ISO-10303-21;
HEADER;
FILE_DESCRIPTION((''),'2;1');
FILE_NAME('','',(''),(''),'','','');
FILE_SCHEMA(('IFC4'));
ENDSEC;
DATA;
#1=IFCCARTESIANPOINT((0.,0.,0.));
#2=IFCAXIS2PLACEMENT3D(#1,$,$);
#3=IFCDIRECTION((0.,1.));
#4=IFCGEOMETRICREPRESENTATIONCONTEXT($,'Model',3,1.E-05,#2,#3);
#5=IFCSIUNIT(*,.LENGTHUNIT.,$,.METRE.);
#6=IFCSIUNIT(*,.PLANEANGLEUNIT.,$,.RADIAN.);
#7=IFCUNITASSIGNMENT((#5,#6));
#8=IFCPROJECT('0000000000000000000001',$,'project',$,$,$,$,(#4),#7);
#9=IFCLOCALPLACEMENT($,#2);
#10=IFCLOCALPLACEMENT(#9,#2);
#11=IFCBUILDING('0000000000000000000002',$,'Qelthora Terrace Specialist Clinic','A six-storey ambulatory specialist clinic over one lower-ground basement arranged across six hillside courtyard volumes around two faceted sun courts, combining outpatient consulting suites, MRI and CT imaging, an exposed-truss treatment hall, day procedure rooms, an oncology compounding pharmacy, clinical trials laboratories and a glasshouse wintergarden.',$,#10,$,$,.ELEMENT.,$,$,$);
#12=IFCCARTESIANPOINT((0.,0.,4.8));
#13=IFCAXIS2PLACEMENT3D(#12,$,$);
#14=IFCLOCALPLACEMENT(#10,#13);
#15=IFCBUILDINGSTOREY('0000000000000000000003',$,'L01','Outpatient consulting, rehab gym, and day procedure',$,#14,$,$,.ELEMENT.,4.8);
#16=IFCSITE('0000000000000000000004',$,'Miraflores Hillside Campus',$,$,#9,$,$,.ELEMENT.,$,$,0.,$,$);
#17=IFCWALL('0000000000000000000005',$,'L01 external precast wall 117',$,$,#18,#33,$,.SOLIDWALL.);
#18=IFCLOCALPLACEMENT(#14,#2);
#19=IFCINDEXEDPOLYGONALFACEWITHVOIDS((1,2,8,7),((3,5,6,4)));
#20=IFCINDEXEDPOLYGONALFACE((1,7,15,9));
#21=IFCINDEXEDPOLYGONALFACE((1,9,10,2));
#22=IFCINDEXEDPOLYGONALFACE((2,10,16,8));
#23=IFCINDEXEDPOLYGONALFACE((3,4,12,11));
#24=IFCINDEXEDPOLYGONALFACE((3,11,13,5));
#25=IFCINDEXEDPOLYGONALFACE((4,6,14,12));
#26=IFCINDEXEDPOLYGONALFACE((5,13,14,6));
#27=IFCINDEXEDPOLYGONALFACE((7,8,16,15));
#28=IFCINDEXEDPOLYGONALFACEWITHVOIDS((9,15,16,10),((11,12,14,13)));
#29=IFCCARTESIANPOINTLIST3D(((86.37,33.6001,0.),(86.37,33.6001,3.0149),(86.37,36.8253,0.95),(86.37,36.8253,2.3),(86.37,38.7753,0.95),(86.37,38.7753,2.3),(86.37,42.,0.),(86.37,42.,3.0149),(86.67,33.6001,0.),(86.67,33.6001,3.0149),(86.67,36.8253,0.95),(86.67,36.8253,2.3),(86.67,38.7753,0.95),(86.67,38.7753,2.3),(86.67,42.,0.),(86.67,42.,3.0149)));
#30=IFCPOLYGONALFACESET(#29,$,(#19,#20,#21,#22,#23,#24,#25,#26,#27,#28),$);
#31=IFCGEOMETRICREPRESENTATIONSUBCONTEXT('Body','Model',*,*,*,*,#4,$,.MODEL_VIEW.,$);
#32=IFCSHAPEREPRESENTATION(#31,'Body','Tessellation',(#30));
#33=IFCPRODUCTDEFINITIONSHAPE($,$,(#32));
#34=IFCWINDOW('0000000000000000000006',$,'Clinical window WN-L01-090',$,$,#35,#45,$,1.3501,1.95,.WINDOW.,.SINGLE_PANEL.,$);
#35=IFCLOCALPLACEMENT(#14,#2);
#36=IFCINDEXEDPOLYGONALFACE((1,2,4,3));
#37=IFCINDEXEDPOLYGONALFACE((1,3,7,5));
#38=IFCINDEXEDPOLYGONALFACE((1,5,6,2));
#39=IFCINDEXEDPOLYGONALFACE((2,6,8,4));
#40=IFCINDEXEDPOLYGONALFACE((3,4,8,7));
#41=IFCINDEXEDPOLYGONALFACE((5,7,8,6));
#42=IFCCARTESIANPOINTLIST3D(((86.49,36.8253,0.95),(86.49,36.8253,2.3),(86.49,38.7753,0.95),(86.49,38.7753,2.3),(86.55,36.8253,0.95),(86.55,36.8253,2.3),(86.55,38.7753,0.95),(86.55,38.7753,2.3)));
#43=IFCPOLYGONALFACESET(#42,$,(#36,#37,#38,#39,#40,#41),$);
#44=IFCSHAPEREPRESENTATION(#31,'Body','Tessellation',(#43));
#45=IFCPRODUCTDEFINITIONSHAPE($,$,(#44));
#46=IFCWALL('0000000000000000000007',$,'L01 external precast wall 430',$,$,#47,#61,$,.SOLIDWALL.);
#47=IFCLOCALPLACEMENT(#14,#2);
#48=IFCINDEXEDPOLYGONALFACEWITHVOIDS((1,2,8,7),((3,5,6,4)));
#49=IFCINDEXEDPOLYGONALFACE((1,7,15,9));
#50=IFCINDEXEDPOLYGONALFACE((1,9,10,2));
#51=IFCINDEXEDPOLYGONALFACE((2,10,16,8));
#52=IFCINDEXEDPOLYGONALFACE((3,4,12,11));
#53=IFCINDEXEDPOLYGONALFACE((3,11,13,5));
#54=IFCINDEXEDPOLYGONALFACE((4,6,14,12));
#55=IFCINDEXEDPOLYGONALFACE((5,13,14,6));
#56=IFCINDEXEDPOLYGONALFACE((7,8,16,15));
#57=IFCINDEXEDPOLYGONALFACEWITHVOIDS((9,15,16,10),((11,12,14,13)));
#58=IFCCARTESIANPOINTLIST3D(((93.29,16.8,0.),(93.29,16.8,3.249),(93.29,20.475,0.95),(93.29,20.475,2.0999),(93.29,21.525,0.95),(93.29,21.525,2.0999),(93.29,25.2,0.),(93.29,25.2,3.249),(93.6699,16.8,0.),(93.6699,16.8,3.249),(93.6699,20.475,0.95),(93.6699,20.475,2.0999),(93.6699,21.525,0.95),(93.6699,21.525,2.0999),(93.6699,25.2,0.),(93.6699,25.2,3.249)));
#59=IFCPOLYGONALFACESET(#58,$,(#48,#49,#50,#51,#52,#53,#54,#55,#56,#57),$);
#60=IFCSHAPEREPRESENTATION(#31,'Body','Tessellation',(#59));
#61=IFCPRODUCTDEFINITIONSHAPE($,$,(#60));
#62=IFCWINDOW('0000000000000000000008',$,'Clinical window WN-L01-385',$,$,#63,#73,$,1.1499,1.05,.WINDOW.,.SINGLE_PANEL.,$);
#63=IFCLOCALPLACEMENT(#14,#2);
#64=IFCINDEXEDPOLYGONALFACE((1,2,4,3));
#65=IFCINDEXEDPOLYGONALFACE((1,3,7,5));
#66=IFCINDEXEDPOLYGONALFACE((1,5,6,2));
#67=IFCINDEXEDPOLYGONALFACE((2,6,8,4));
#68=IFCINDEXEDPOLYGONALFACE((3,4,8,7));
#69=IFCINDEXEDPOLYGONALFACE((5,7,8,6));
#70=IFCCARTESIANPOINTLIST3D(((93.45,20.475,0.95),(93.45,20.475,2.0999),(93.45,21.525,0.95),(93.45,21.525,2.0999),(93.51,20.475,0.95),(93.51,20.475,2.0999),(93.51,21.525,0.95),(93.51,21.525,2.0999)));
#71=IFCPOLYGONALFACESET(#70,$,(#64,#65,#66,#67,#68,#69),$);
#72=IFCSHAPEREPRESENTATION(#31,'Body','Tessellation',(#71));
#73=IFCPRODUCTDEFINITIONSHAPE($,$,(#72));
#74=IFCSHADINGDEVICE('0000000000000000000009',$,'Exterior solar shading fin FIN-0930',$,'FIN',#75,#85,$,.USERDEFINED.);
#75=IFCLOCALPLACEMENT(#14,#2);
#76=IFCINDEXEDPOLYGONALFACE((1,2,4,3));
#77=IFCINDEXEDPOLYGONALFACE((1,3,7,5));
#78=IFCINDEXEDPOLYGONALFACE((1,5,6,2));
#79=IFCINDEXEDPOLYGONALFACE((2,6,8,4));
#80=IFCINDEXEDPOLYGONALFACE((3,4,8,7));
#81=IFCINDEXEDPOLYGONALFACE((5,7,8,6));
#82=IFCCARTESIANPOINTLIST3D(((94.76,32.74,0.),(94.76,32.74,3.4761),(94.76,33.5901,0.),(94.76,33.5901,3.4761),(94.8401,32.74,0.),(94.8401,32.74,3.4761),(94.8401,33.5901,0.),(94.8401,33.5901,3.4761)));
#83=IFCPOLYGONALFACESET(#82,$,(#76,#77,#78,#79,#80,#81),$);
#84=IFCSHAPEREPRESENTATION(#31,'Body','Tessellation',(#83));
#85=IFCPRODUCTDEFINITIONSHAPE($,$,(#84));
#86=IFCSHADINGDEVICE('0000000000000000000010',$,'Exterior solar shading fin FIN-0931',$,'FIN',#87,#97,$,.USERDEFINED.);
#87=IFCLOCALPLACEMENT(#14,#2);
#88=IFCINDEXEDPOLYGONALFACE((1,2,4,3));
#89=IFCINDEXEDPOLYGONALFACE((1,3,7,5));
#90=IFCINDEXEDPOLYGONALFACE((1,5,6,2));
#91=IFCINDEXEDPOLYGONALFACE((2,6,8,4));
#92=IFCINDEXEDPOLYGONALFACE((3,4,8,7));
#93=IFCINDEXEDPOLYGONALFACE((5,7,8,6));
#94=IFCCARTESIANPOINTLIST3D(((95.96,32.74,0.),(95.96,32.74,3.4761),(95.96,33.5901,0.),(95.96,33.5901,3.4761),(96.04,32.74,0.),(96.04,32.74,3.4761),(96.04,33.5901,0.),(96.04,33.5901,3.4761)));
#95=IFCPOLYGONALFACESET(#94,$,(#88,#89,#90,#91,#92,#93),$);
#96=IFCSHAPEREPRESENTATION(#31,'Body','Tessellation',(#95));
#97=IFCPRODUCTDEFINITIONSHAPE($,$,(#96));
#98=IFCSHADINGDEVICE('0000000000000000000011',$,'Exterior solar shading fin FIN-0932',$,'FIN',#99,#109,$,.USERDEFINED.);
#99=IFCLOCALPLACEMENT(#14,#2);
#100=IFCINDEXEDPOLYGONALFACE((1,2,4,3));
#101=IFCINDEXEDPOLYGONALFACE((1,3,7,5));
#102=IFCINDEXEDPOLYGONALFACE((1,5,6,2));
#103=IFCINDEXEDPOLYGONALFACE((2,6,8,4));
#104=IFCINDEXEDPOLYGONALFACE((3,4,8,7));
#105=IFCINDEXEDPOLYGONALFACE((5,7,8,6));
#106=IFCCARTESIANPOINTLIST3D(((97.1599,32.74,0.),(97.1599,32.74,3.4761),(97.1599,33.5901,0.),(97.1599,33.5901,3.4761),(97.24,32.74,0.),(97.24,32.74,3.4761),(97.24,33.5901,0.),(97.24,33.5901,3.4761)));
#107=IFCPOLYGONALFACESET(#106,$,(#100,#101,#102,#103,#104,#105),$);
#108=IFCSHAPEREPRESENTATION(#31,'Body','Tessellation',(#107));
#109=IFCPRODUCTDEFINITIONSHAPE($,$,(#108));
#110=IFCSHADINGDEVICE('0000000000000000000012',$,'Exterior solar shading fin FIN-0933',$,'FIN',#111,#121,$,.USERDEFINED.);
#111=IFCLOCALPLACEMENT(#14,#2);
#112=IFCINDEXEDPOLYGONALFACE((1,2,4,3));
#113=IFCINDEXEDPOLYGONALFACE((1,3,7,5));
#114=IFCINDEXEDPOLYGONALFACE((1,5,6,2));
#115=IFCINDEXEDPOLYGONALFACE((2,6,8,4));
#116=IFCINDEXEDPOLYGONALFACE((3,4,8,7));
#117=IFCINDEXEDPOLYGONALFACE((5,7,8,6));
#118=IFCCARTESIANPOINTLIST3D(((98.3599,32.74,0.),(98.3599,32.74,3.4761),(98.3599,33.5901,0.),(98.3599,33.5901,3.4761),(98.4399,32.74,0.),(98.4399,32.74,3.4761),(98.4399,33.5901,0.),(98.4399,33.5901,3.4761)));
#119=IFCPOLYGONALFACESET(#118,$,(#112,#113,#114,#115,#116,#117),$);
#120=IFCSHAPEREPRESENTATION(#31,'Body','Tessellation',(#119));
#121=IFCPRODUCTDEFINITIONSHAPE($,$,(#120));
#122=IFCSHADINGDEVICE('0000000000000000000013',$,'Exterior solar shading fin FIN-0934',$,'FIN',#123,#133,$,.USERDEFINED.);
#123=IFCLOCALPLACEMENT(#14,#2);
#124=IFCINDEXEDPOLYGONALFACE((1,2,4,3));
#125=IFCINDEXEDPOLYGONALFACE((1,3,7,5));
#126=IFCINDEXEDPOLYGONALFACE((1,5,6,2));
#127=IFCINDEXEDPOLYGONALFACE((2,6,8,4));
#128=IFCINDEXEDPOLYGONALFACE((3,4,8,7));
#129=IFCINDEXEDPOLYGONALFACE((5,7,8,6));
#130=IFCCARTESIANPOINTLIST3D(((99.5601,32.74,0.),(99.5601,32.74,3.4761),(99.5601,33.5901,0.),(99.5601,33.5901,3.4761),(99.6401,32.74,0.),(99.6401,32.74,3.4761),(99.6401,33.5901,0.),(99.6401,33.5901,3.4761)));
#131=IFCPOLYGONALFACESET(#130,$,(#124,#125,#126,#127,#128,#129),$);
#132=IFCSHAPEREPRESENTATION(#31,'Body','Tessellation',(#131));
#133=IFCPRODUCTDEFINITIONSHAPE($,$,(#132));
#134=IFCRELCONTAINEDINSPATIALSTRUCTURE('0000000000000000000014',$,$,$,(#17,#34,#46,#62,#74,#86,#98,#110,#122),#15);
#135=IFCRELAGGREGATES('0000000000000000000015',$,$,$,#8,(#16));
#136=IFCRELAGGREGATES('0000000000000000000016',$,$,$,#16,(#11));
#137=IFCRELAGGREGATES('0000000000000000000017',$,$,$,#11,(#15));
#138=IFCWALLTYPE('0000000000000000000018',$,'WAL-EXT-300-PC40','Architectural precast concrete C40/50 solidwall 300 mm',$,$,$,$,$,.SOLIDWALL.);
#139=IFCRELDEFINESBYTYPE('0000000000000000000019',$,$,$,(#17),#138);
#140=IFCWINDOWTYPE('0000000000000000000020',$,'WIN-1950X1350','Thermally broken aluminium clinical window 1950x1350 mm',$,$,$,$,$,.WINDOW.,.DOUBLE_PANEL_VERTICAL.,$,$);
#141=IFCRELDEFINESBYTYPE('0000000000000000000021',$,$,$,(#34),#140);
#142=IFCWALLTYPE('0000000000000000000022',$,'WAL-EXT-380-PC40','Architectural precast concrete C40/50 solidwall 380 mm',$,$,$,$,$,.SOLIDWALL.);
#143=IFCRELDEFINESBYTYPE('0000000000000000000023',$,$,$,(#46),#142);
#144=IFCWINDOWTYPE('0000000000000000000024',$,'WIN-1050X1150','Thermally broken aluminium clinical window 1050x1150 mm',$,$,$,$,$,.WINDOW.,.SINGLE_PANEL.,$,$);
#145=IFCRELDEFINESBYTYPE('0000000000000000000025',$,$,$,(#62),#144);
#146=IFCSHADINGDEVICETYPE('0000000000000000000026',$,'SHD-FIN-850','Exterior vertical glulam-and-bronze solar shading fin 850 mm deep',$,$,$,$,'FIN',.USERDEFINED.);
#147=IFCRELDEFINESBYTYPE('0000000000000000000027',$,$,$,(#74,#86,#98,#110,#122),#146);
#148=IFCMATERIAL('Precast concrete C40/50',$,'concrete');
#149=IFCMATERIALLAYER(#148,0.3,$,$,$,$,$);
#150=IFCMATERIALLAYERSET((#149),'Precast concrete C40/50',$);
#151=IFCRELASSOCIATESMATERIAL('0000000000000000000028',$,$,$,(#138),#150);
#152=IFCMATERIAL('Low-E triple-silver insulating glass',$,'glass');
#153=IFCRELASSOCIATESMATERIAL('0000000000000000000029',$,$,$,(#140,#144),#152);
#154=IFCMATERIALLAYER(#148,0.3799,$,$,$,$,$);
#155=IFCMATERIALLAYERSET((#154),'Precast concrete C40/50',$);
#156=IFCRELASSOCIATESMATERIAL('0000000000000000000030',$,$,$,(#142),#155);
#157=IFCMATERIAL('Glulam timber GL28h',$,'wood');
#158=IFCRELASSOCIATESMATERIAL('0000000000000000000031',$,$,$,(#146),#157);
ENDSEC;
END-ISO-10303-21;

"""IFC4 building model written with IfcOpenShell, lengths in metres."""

from ifc_helpers import new_model, si_unit, direction, frame, frame_2d, origin, origin_2d, place, context, subcontext, project, spatial, rectangle, extrude, material, layer, layer_set, type_object, element, fill, save


model = new_model("IFC4")

# Units and contexts
model_context = context("Model", 3, precision=1e-05, world=origin(), true_north=direction((0.0, 1.0)))
body_context = subcontext(model_context, "Body", "Model", "MODEL_VIEW")
ifc_project = project(units=[si_unit("LENGTHUNIT", "METRE"), si_unit("PLANEANGLEUNIT", "RADIAN")], contexts=[model_context])

# Site, building, storey
site_placement = place(None, origin())
site = spatial("IfcSite", under=ifc_project, at=site_placement, Name="Miraflores Hillside Campus", CompositionType="ELEMENT", RefElevation=0.0)
building_placement = place(site_placement, origin())
building = spatial("IfcBuilding", under=site, at=building_placement, Name="Qelthora Terrace Specialist Clinic", Description="A six-storey ambulatory specialist clinic over one lower-ground basement arranged across six hillside courtyard volumes around two faceted sun courts, combining outpatient consulting suites, MRI and CT imaging, an exposed-truss treatment hall, day procedure rooms, an oncology compounding pharmacy, clinical trials laboratories and a glasshouse wintergarden.", CompositionType="ELEMENT")
storey_placement = place(building_placement, frame((0.0, 0.0, 4.8)))
storey = spatial("IfcBuildingStorey", under=building, at=storey_placement, Name="L01", Description="Outpatient consulting, rehab gym, and day procedure", CompositionType="ELEMENT", Elevation=4.8)

# Walls, openings, windows
ifc_material_1 = material(Name="Precast concrete C40/50", Category="concrete")
ifc_material_2 = material(Name="Low-E triple-silver insulating glass", Category="glass")
ifc_layer_1 = layer(ifc_material_1, 0.3)
ifc_layer_set_1 = layer_set([ifc_layer_1], Name="Precast concrete C40/50")
wall_type_1 = type_object("IfcWallType", Name="WAL-EXT-300-PC40", Description="Architectural precast concrete C40/50 solidwall 300 mm", PredefinedType="SOLIDWALL", material=ifc_layer_set_1)
wall_1_placement = place(storey_placement, frame((86.52, 33.6001, 0.0), z_axis=(0.0, 0.0, 1.0), x_axis=(0.0, 1.0, 0.0)))
wall_1 = element("IfcWall", 1, at=wall_1_placement, inside=storey, type_object=wall_type_1, Name="L01 external precast wall 117", PredefinedType="SOLIDWALL", context=body_context, shape_type="SweptSolid", body=[
    extrude(rectangle(XDim=8.3999, YDim=0.3, at=frame_2d((4.2, 0.0))), origin(), (0.0, 0.0, 1.0), 3.0149),
])
opening_1_placement = place(wall_1_placement, frame((3.2251, 0.0, 0.95)))
opening_1 = element("IfcOpeningElement", 2, at=opening_1_placement, cuts=wall_1, PredefinedType="OPENING", context=body_context, shape_type="SweptSolid", body=[
    extrude(rectangle(XDim=1.95, YDim=1.3501, at=frame_2d((0.9751, 0.675))), frame((0.0, 0.1599, 0.0), z_axis=(0.0, -1.0, 0.0), x_axis=(1.0, 0.0, 0.0)), (0.0, 0.0, 1.0), 0.3201),
])
window_type_1 = type_object("IfcWindowType", Name="WIN-1950X1350", Description="Thermally broken aluminium clinical window 1950x1350 mm", PartitioningType="DOUBLE_PANEL_VERTICAL", PredefinedType="WINDOW", material=ifc_material_2)
window_1_placement = place(opening_1_placement, origin())
window_1 = element("IfcWindow", 3, at=window_1_placement, inside=storey, type_object=window_type_1, Name="Clinical window WN-L01-090", OverallHeight=1.3501, OverallWidth=1.95, PartitioningType="SINGLE_PANEL", PredefinedType="WINDOW", context=body_context, shape_type="SweptSolid", body=[
    extrude(rectangle(XDim=1.95, YDim=1.3501, at=frame_2d((0.9751, 0.675))), frame((0.0, 0.03, 0.0), z_axis=(0.0, -1.0, 0.0), x_axis=(1.0, 0.0, 0.0)), (0.0, 0.0, 1.0), 0.0601),
])
fill(opening_1, window_1)
ifc_layer_2 = layer(ifc_material_1, 0.3799)
ifc_layer_set_2 = layer_set([ifc_layer_2], Name="Precast concrete C40/50")
wall_type_2 = type_object("IfcWallType", Name="WAL-EXT-380-PC40", Description="Architectural precast concrete C40/50 solidwall 380 mm", PredefinedType="SOLIDWALL", material=ifc_layer_set_2)
wall_2_placement = place(storey_placement, frame((93.48, 16.8, 0.0), z_axis=(0.0, 0.0, 1.0), x_axis=(0.0, 1.0, 0.0)))
wall_2 = element("IfcWall", 4, at=wall_2_placement, inside=storey, type_object=wall_type_2, Name="L01 external precast wall 430", PredefinedType="SOLIDWALL", context=body_context, shape_type="SweptSolid", body=[
    extrude(rectangle(XDim=8.3999, YDim=0.3799, at=frame_2d((4.2, 0.0))), origin(), (0.0, 0.0, 1.0), 3.249),
])
opening_2_placement = place(wall_2_placement, frame((3.675, 0.0, 0.95)))
opening_2 = element("IfcOpeningElement", 5, at=opening_2_placement, cuts=wall_2, PredefinedType="OPENING", context=body_context, shape_type="SweptSolid", body=[
    extrude(rectangle(XDim=1.05, YDim=1.1499, at=frame_2d((0.5249, 0.575))), frame((0.0, 0.2, 0.0), z_axis=(0.0, -1.0, 0.0), x_axis=(1.0, 0.0, 0.0)), (0.0, 0.0, 1.0), 0.3999),
])
window_type_2 = type_object("IfcWindowType", Name="WIN-1050X1150", Description="Thermally broken aluminium clinical window 1050x1150 mm", PartitioningType="SINGLE_PANEL", PredefinedType="WINDOW", material=ifc_material_2)
window_2_placement = place(opening_2_placement, origin())
window_2 = element("IfcWindow", 6, at=window_2_placement, inside=storey, type_object=window_type_2, Name="Clinical window WN-L01-385", OverallHeight=1.1499, OverallWidth=1.05, PartitioningType="SINGLE_PANEL", PredefinedType="WINDOW", context=body_context, shape_type="SweptSolid", body=[
    extrude(rectangle(XDim=1.05, YDim=1.1499, at=frame_2d((0.5249, 0.575))), frame((0.0, 0.03, 0.0), z_axis=(0.0, -1.0, 0.0), x_axis=(1.0, 0.0, 0.0)), (0.0, 0.0, 1.0), 0.0601),
])
fill(opening_2, window_2)

# Shading devices
ifc_material_3 = material(Name="Glulam timber GL28h", Category="wood")
shading_device_type = type_object("IfcShadingDeviceType", Name="SHD-FIN-850", Description="Exterior vertical glulam-and-bronze solar shading fin 850 mm deep", ElementType="FIN", PredefinedType="USERDEFINED", material=ifc_material_3)
for number, where, z_axis, x_axis, name in (
    (7, (94.8, 33.165, 0.0), (0.0, 0.0, 1.0), (0.0, -1.0, 0.0), "Exterior solar shading fin FIN-0930"),
    (8, (96.0, 33.165, 0.0), (0.0, 0.0, 1.0), (0.0, -1.0, 0.0), "Exterior solar shading fin FIN-0931"),
    (9, (97.2, 33.165, 0.0), (0.0, 0.0, 1.0), (0.0, -1.0, 0.0), "Exterior solar shading fin FIN-0932"),
    (10, (98.3999, 33.165, 0.0), (0.0, 0.0, 1.0), (0.0, -1.0, 0.0), "Exterior solar shading fin FIN-0933"),
    (11, (99.6001, 33.165, 0.0), (0.0, 0.0, 1.0), (0.0, -1.0, 0.0), "Exterior solar shading fin FIN-0934"),
):
    element("IfcShadingDevice", number, at=place(storey_placement, frame(where, z_axis=z_axis, x_axis=x_axis)), inside=storey, type_object=shading_device_type, Name=name, ObjectType="FIN", PredefinedType="USERDEFINED", context=body_context, shape_type="SweptSolid", body=[
        extrude(rectangle(XDim=0.8501, YDim=0.0801, at=origin_2d()), origin(), (0.0, 0.0, 1.0), 3.4761),
    ])

save(model, "model.ifc")
